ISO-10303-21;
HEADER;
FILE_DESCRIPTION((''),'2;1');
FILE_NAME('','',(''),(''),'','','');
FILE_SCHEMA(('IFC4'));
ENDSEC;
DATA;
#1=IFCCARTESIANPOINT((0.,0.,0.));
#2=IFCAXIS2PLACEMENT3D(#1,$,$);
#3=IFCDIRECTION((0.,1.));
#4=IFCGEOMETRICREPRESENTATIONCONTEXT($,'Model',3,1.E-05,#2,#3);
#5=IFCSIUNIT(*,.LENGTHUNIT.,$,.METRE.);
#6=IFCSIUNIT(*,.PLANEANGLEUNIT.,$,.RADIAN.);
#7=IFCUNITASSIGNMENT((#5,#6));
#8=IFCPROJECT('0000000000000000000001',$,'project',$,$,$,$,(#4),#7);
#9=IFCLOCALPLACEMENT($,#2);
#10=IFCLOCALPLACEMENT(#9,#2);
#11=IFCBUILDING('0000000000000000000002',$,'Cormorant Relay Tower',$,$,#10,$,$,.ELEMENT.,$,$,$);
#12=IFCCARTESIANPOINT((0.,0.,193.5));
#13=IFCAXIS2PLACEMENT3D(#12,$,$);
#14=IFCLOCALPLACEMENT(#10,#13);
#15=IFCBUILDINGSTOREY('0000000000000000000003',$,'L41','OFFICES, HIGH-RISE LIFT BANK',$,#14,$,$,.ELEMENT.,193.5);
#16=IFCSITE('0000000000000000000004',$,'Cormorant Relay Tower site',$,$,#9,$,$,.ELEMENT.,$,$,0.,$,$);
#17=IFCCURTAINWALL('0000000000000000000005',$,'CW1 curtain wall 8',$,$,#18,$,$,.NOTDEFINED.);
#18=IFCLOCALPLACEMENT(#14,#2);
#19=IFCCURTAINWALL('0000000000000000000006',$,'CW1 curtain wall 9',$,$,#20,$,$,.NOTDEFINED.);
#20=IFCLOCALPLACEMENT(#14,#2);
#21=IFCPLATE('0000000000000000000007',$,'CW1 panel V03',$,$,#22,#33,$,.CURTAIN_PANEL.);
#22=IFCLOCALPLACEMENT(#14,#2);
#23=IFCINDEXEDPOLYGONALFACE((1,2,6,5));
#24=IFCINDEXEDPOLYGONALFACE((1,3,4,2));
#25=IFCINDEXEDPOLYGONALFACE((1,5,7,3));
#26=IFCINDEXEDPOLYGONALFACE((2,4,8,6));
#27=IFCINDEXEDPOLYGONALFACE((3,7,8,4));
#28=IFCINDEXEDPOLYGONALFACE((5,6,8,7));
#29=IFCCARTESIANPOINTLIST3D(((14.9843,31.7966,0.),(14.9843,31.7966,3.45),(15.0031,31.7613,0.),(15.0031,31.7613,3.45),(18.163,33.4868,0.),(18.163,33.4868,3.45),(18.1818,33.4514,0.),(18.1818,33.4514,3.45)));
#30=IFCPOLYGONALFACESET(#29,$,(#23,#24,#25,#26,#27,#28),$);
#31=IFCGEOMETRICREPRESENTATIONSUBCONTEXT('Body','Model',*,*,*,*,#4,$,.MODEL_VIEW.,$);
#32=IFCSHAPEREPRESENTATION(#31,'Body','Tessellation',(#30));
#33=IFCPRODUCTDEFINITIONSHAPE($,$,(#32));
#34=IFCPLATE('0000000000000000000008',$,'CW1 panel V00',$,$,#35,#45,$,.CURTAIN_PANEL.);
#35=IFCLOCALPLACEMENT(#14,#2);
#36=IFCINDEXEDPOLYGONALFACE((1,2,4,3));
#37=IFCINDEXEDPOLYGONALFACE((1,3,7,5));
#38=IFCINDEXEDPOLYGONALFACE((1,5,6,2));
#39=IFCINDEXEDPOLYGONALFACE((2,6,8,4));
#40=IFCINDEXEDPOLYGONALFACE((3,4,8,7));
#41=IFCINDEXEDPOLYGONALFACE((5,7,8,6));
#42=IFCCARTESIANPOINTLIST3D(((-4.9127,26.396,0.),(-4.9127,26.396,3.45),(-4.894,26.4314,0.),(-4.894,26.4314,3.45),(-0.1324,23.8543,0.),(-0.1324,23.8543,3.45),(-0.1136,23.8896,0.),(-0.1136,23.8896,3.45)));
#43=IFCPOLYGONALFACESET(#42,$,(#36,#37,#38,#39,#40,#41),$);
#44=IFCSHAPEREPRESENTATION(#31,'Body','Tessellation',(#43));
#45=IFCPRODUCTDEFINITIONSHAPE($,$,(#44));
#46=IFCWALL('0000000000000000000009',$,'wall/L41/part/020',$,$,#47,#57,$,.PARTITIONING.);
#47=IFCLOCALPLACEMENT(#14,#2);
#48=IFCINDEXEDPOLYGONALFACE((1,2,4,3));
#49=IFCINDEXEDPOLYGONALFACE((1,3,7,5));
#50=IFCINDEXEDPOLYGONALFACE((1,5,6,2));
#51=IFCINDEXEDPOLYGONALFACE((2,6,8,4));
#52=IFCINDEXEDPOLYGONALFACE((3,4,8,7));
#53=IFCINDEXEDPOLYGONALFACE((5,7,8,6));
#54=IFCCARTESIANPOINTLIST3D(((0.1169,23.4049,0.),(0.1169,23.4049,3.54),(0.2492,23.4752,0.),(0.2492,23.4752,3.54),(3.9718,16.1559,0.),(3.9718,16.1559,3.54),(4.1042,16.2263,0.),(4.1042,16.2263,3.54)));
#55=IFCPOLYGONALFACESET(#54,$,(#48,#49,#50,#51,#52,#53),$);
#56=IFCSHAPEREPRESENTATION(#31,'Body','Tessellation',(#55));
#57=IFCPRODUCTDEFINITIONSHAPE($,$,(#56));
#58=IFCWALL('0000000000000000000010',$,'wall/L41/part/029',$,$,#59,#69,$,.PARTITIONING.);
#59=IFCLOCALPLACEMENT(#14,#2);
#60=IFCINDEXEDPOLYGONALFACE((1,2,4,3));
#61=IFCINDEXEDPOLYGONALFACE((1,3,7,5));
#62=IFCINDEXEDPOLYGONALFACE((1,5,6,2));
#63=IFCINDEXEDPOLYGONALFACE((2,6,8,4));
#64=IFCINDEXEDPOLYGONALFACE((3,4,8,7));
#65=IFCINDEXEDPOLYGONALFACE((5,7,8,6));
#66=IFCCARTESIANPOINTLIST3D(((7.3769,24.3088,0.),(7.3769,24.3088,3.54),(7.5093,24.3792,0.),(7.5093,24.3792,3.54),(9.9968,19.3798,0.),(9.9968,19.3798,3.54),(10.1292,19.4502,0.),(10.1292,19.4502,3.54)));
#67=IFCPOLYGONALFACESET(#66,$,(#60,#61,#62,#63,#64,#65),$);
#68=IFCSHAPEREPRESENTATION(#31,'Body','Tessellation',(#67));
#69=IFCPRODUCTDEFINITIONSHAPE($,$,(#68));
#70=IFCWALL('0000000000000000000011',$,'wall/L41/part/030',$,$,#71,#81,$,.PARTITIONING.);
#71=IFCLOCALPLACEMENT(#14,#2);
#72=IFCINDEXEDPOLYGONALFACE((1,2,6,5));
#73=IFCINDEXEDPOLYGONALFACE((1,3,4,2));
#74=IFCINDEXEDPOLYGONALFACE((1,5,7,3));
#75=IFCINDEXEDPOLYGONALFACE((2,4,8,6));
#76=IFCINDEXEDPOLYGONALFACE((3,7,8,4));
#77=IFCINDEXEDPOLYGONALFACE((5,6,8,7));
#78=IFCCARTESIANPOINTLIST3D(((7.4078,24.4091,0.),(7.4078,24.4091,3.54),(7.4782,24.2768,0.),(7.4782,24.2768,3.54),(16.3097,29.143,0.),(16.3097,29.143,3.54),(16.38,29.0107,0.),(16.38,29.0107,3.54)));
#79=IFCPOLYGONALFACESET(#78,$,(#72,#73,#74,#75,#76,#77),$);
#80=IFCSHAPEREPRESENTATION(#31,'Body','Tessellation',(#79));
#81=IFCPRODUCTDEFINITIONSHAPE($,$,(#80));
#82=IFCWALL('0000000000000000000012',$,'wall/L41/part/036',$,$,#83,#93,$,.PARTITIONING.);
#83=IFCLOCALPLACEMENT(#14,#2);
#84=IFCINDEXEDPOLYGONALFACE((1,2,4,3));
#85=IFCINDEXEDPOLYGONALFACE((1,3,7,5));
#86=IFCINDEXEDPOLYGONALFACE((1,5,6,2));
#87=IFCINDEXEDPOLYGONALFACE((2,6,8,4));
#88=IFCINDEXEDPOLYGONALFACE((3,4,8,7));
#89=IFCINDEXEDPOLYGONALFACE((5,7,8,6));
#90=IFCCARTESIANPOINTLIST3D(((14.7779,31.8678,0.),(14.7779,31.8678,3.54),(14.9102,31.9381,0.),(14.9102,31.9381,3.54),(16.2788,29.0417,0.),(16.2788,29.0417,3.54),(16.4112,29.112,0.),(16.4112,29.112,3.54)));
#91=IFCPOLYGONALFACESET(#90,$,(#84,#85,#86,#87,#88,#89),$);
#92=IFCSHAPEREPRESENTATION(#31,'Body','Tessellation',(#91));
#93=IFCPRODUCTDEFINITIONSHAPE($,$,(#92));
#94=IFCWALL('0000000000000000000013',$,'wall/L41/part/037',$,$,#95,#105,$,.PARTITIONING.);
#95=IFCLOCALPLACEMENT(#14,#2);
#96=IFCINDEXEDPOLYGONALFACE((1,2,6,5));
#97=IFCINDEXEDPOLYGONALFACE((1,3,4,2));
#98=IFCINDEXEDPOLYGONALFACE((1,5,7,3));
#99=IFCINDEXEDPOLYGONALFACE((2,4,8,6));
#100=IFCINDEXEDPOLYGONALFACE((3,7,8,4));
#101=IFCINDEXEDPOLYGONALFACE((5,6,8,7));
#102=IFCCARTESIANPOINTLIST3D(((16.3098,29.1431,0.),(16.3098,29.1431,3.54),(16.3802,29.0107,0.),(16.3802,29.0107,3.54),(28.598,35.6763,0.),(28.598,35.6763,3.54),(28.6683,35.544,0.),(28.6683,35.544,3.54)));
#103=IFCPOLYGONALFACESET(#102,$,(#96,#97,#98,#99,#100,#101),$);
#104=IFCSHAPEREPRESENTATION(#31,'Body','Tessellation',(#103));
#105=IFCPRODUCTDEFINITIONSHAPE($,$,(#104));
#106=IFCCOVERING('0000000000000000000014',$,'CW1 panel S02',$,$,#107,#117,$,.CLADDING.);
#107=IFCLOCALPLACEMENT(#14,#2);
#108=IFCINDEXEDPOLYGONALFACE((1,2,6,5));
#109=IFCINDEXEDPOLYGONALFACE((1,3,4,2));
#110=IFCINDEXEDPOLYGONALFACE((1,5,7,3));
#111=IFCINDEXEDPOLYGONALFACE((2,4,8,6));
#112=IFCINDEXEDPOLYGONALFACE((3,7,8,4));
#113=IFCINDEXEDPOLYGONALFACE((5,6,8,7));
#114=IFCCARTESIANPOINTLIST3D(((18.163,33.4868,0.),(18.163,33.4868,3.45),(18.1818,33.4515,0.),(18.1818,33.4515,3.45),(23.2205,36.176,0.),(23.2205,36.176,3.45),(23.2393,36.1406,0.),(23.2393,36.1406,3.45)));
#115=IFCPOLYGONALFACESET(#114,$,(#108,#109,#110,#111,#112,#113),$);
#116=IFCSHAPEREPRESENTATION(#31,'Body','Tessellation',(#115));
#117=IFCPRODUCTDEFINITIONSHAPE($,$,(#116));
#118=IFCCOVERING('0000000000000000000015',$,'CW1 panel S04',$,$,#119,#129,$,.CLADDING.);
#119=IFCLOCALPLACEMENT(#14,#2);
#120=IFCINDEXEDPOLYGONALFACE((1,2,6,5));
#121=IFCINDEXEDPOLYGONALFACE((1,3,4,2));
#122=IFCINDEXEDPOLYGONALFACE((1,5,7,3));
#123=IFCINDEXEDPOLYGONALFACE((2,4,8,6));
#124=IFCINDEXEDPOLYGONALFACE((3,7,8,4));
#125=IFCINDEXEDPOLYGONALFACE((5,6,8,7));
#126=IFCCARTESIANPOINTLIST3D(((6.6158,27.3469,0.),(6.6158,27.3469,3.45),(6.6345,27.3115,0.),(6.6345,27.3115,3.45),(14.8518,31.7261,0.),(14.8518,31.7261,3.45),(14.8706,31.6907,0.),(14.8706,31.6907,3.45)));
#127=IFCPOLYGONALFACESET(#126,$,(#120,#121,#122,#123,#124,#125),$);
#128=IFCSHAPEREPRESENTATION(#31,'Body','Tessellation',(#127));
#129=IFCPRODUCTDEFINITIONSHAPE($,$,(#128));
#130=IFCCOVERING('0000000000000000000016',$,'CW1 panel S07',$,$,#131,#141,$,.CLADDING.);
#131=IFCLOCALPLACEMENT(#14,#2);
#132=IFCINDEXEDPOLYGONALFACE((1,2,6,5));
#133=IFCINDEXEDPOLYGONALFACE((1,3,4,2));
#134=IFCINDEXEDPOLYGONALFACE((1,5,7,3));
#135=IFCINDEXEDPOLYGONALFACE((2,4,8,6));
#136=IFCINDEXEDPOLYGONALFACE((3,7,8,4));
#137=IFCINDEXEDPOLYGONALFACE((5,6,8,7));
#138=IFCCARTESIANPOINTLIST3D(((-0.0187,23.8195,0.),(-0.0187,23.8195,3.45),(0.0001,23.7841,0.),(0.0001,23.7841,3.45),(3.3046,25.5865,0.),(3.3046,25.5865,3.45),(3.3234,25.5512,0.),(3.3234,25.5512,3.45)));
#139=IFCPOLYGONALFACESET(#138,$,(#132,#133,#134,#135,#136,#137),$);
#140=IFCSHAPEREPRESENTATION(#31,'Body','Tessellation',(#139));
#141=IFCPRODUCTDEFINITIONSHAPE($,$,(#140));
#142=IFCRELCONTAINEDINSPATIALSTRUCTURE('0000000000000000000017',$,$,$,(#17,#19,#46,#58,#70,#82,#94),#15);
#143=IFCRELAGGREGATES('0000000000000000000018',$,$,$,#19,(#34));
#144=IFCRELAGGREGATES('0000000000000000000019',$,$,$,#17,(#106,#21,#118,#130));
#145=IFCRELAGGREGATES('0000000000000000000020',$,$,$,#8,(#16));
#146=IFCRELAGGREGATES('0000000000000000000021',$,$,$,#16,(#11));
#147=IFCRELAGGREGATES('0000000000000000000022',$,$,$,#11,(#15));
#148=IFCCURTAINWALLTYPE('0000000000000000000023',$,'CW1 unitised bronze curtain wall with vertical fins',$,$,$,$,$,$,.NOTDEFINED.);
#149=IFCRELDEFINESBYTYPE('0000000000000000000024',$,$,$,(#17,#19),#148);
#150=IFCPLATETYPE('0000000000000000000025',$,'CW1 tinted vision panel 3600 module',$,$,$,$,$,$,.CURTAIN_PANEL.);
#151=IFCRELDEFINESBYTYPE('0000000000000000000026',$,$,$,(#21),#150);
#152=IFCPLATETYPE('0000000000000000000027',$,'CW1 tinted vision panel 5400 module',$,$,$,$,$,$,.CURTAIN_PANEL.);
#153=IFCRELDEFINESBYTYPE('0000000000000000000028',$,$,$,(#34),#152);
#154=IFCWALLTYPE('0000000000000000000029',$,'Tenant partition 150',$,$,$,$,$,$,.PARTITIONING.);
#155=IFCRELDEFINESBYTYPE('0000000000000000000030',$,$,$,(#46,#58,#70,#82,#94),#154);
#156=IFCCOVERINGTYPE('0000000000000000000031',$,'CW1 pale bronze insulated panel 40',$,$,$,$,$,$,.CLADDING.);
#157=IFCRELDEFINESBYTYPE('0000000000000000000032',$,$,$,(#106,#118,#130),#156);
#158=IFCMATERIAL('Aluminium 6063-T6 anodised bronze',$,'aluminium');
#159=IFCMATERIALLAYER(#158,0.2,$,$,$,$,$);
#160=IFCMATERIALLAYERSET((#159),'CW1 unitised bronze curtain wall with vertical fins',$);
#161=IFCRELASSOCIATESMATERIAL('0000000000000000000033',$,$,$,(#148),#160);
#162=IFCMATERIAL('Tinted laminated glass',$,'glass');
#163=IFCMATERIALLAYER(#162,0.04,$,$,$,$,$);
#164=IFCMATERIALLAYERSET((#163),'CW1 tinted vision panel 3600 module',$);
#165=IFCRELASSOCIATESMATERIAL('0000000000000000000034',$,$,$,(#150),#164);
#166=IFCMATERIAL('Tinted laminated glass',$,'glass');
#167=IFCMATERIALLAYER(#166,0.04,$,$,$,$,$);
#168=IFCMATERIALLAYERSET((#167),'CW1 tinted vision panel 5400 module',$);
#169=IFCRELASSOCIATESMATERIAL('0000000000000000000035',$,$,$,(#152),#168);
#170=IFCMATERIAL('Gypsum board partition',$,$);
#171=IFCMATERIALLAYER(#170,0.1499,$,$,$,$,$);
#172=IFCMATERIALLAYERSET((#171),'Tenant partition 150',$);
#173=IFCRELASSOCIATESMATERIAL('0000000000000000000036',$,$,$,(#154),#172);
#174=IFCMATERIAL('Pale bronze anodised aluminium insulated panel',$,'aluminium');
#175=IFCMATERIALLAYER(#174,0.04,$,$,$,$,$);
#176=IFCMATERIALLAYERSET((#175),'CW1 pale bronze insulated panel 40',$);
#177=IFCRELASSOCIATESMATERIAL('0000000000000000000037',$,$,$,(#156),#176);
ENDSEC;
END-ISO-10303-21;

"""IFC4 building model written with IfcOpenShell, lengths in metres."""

from ifc_helpers import new_model, si_unit, direction, frame, frame_2d, origin, origin_2d, place, context, subcontext, project, spatial, rectangle, extrude, material, layer, layer_set, type_object, element, aggregate, save


model = new_model("IFC4")

# Units and contexts
model_context = context("Model", 3, precision=1e-05, world=origin(), true_north=direction((0.0, 1.0)))
body_context = subcontext(model_context, "Body", "Model", "MODEL_VIEW")
ifc_project = project(units=[si_unit("LENGTHUNIT", "METRE"), si_unit("PLANEANGLEUNIT", "RADIAN")], contexts=[model_context])

# Site, building, storey
site_placement = place(None, origin())
site = spatial("IfcSite", under=ifc_project, at=site_placement, Name="Cormorant Relay Tower site", CompositionType="ELEMENT", RefElevation=0.0)
building_placement = place(site_placement, origin())
building = spatial("IfcBuilding", under=site, at=building_placement, Name="Cormorant Relay Tower", CompositionType="ELEMENT")
storey_placement = place(building_placement, frame((0.0, 0.0, 193.5)))
storey = spatial("IfcBuildingStorey", under=building, at=storey_placement, Name="L41", Description="OFFICES, HIGH-RISE LIFT BANK", CompositionType="ELEMENT", Elevation=193.5)

# Curtain walls
ifc_material_1 = material(Name="Aluminium 6063-T6 anodised bronze", Category="aluminium")
ifc_layer_1 = layer(ifc_material_1, 0.2)
ifc_layer_set_1 = layer_set([ifc_layer_1], Name="CW1 unitised bronze curtain wall with vertical fins")
curtain_wall_type = type_object("IfcCurtainWallType", Name="CW1 unitised bronze curtain wall with vertical fins", PredefinedType="NOTDEFINED", material=ifc_layer_set_1)
curtain_wall_1_placement = place(storey_placement, origin())
curtain_wall_1 = element("IfcCurtainWall", 1, at=curtain_wall_1_placement, inside=storey, type_object=curtain_wall_type, Name="CW1 curtain wall 8", PredefinedType="NOTDEFINED")
curtain_wall_2_placement = place(storey_placement, origin())
curtain_wall_2 = element("IfcCurtainWall", 2, at=curtain_wall_2_placement, inside=storey, type_object=curtain_wall_type, Name="CW1 curtain wall 9", PredefinedType="NOTDEFINED")

# Plates
ifc_material_2 = material(Name="Tinted laminated glass", Category="glass")
ifc_layer_2 = layer(ifc_material_2, 0.04)
ifc_layer_set_2 = layer_set([ifc_layer_2], Name="CW1 tinted vision panel 3600 module")
plate_type_1 = type_object("IfcPlateType", Name="CW1 tinted vision panel 3600 module", PredefinedType="CURTAIN_PANEL", material=ifc_layer_set_2)
plate_1_placement = place(storey_placement, frame((16.583, 32.624, 0.0), z_axis=(0.0, 0.0, 1.0), x_axis=(-0.882948, -0.469472, 0.0)))
plate_1 = element("IfcPlate", 3, at=plate_1_placement, type_object=plate_type_1, Name="CW1 panel V03", PredefinedType="CURTAIN_PANEL", context=body_context, shape_type="SweptSolid", body=[
    extrude(rectangle(XDim=3.6001, YDim=0.04, at=origin_2d()), origin(), (0.0, 0.0, 1.0), 3.45),
])
ifc_material_3 = material(Name="Tinted laminated glass", Category="glass")
ifc_layer_3 = layer(ifc_material_3, 0.04)
ifc_layer_set_3 = layer_set([ifc_layer_3], Name="CW1 tinted vision panel 5400 module")
plate_type_2 = type_object("IfcPlateType", Name="CW1 tinted vision panel 5400 module", PredefinedType="CURTAIN_PANEL", material=ifc_layer_set_3)
plate_2_placement = place(storey_placement, frame((-2.5132, 25.1428, 0.0), z_axis=(0.0, 0.0, 1.0), x_axis=(-0.882948, 0.469472, 0.0)))
plate_2 = element("IfcPlate", 4, at=plate_2_placement, type_object=plate_type_2, Name="CW1 panel V00", PredefinedType="CURTAIN_PANEL", context=body_context, shape_type="SweptSolid", body=[
    extrude(rectangle(XDim=5.4141, YDim=0.04, at=origin_2d()), origin(), (0.0, 0.0, 1.0), 3.45),
])
aggregate(curtain_wall_2, [plate_2])

# Walls
ifc_material_4 = material(Name="Gypsum board partition")
ifc_layer_4 = layer(ifc_material_4, 0.1499)
ifc_layer_set_4 = layer_set([ifc_layer_4], Name="Tenant partition 150")
wall_type = type_object("IfcWallType", Name="Tenant partition 150", PredefinedType="PARTITIONING", material=ifc_layer_set_4)
wall_1_placement = place(storey_placement, frame((0.1831, 23.4399, 0.0), z_axis=(0.0, 0.0, 1.0), x_axis=(0.469529, -0.882917, 0.0)))
element("IfcWall", 5, at=wall_1_placement, inside=storey, type_object=wall_type, Name="wall/L41/part/020", PredefinedType="PARTITIONING", context=body_context, shape_type="SweptSolid", body=[
    extrude(rectangle(XDim=8.2102, YDim=0.1499, at=frame_2d((4.105, 0.0))), origin(), (0.0, 0.0, 1.0), 3.54),
])
wall_2_placement = place(storey_placement, frame((7.4431, 24.344, 0.0), z_axis=(0.0, 0.0, 1.0), x_axis=(0.469346, -0.883014, 0.0)))
element("IfcWall", 6, at=wall_2_placement, inside=storey, type_object=wall_type, Name="wall/L41/part/029", PredefinedType="PARTITIONING", context=body_context, shape_type="SweptSolid", body=[
    extrude(rectangle(XDim=5.582, YDim=0.1499, at=frame_2d((2.791, 0.0))), origin(), (0.0, 0.0, 1.0), 3.54),
])
wall_3_placement = place(storey_placement, frame((7.4431, 24.343, 0.0), z_axis=(0.0, 0.0, 1.0), x_axis=(0.882919, 0.469525, 0.0)))
element("IfcWall", 7, at=wall_3_placement, inside=storey, type_object=wall_type, Name="wall/L41/part/030", PredefinedType="PARTITIONING", context=body_context, shape_type="SweptSolid", body=[
    extrude(rectangle(XDim=10.0823, YDim=0.1499, at=frame_2d((5.041, 0.0))), origin(), (0.0, 0.0, 1.0), 3.54),
])
wall_4_placement = place(storey_placement, frame((14.844, 31.9031, 0.0), z_axis=(0.0, 0.0, 1.0), x_axis=(0.469051, -0.883171, 0.0)))
element("IfcWall", 8, at=wall_4_placement, inside=storey, type_object=wall_type, Name="wall/L41/part/036", PredefinedType="PARTITIONING", context=body_context, shape_type="SweptSolid", body=[
    extrude(rectangle(XDim=3.2, YDim=0.1499, at=frame_2d((1.6001, 0.0))), origin(), (0.0, 0.0, 1.0), 3.54),
])
wall_5_placement = place(storey_placement, frame((16.345, 29.0769, 0.0), z_axis=(0.0, 0.0, 1.0), x_axis=(0.882962, 0.469444, 0.0)))
element("IfcWall", 9, at=wall_5_placement, inside=storey, type_object=wall_type, Name="wall/L41/part/037", PredefinedType="PARTITIONING", context=body_context, shape_type="SweptSolid", body=[
    extrude(rectangle(XDim=13.917, YDim=0.1499, at=frame_2d((6.9585, 0.0))), origin(), (0.0, 0.0, 1.0), 3.54),
])

# Coverings
ifc_material_5 = material(Name="Pale bronze anodised aluminium insulated panel", Category="aluminium")
ifc_layer_5 = layer(ifc_material_5, 0.04)
ifc_layer_set_5 = layer_set([ifc_layer_5], Name="CW1 pale bronze insulated panel 40")
covering_type = type_object("IfcCoveringType", Name="CW1 pale bronze insulated panel 40", PredefinedType="CLADDING", material=ifc_layer_set_5)
covering_1_placement = place(storey_placement, frame((20.7012, 34.8137, 0.0), z_axis=(0.0, 0.0, 1.0), x_axis=(-0.882948, -0.469472, 0.0)))
covering_1 = element("IfcCovering", 10, at=covering_1_placement, type_object=covering_type, Name="CW1 panel S02", PredefinedType="CLADDING", context=body_context, shape_type="SweptSolid", body=[
    extrude(rectangle(XDim=5.728, YDim=0.04, at=origin_2d()), origin(), (0.0, 0.0, 1.0), 3.45),
])
covering_2_placement = place(storey_placement, frame((10.7432, 29.5188, 0.0), z_axis=(0.0, 0.0, 1.0), x_axis=(-0.882948, -0.469472, 0.0)))
covering_2 = element("IfcCovering", 11, at=covering_2_placement, type_object=covering_type, Name="CW1 panel S04", PredefinedType="CLADDING", context=body_context, shape_type="SweptSolid", body=[
    extrude(rectangle(XDim=9.3279, YDim=0.04, at=origin_2d()), origin(), (0.0, 0.0, 1.0), 3.45),
])
covering_3_placement = place(storey_placement, frame((1.6523, 24.6853, 0.0), z_axis=(0.0, 0.0, 1.0), x_axis=(-0.882948, -0.469472, 0.0)))
covering_3 = element("IfcCovering", 12, at=covering_3_placement, type_object=covering_type, Name="CW1 panel S07", PredefinedType="CLADDING", context=body_context, shape_type="SweptSolid", body=[
    extrude(rectangle(XDim=3.7639, YDim=0.04, at=origin_2d()), origin(), (0.0, 0.0, 1.0), 3.45),
])
aggregate(curtain_wall_1, [covering_1, plate_1, covering_2, covering_3])

save(model, "model.ifc")
